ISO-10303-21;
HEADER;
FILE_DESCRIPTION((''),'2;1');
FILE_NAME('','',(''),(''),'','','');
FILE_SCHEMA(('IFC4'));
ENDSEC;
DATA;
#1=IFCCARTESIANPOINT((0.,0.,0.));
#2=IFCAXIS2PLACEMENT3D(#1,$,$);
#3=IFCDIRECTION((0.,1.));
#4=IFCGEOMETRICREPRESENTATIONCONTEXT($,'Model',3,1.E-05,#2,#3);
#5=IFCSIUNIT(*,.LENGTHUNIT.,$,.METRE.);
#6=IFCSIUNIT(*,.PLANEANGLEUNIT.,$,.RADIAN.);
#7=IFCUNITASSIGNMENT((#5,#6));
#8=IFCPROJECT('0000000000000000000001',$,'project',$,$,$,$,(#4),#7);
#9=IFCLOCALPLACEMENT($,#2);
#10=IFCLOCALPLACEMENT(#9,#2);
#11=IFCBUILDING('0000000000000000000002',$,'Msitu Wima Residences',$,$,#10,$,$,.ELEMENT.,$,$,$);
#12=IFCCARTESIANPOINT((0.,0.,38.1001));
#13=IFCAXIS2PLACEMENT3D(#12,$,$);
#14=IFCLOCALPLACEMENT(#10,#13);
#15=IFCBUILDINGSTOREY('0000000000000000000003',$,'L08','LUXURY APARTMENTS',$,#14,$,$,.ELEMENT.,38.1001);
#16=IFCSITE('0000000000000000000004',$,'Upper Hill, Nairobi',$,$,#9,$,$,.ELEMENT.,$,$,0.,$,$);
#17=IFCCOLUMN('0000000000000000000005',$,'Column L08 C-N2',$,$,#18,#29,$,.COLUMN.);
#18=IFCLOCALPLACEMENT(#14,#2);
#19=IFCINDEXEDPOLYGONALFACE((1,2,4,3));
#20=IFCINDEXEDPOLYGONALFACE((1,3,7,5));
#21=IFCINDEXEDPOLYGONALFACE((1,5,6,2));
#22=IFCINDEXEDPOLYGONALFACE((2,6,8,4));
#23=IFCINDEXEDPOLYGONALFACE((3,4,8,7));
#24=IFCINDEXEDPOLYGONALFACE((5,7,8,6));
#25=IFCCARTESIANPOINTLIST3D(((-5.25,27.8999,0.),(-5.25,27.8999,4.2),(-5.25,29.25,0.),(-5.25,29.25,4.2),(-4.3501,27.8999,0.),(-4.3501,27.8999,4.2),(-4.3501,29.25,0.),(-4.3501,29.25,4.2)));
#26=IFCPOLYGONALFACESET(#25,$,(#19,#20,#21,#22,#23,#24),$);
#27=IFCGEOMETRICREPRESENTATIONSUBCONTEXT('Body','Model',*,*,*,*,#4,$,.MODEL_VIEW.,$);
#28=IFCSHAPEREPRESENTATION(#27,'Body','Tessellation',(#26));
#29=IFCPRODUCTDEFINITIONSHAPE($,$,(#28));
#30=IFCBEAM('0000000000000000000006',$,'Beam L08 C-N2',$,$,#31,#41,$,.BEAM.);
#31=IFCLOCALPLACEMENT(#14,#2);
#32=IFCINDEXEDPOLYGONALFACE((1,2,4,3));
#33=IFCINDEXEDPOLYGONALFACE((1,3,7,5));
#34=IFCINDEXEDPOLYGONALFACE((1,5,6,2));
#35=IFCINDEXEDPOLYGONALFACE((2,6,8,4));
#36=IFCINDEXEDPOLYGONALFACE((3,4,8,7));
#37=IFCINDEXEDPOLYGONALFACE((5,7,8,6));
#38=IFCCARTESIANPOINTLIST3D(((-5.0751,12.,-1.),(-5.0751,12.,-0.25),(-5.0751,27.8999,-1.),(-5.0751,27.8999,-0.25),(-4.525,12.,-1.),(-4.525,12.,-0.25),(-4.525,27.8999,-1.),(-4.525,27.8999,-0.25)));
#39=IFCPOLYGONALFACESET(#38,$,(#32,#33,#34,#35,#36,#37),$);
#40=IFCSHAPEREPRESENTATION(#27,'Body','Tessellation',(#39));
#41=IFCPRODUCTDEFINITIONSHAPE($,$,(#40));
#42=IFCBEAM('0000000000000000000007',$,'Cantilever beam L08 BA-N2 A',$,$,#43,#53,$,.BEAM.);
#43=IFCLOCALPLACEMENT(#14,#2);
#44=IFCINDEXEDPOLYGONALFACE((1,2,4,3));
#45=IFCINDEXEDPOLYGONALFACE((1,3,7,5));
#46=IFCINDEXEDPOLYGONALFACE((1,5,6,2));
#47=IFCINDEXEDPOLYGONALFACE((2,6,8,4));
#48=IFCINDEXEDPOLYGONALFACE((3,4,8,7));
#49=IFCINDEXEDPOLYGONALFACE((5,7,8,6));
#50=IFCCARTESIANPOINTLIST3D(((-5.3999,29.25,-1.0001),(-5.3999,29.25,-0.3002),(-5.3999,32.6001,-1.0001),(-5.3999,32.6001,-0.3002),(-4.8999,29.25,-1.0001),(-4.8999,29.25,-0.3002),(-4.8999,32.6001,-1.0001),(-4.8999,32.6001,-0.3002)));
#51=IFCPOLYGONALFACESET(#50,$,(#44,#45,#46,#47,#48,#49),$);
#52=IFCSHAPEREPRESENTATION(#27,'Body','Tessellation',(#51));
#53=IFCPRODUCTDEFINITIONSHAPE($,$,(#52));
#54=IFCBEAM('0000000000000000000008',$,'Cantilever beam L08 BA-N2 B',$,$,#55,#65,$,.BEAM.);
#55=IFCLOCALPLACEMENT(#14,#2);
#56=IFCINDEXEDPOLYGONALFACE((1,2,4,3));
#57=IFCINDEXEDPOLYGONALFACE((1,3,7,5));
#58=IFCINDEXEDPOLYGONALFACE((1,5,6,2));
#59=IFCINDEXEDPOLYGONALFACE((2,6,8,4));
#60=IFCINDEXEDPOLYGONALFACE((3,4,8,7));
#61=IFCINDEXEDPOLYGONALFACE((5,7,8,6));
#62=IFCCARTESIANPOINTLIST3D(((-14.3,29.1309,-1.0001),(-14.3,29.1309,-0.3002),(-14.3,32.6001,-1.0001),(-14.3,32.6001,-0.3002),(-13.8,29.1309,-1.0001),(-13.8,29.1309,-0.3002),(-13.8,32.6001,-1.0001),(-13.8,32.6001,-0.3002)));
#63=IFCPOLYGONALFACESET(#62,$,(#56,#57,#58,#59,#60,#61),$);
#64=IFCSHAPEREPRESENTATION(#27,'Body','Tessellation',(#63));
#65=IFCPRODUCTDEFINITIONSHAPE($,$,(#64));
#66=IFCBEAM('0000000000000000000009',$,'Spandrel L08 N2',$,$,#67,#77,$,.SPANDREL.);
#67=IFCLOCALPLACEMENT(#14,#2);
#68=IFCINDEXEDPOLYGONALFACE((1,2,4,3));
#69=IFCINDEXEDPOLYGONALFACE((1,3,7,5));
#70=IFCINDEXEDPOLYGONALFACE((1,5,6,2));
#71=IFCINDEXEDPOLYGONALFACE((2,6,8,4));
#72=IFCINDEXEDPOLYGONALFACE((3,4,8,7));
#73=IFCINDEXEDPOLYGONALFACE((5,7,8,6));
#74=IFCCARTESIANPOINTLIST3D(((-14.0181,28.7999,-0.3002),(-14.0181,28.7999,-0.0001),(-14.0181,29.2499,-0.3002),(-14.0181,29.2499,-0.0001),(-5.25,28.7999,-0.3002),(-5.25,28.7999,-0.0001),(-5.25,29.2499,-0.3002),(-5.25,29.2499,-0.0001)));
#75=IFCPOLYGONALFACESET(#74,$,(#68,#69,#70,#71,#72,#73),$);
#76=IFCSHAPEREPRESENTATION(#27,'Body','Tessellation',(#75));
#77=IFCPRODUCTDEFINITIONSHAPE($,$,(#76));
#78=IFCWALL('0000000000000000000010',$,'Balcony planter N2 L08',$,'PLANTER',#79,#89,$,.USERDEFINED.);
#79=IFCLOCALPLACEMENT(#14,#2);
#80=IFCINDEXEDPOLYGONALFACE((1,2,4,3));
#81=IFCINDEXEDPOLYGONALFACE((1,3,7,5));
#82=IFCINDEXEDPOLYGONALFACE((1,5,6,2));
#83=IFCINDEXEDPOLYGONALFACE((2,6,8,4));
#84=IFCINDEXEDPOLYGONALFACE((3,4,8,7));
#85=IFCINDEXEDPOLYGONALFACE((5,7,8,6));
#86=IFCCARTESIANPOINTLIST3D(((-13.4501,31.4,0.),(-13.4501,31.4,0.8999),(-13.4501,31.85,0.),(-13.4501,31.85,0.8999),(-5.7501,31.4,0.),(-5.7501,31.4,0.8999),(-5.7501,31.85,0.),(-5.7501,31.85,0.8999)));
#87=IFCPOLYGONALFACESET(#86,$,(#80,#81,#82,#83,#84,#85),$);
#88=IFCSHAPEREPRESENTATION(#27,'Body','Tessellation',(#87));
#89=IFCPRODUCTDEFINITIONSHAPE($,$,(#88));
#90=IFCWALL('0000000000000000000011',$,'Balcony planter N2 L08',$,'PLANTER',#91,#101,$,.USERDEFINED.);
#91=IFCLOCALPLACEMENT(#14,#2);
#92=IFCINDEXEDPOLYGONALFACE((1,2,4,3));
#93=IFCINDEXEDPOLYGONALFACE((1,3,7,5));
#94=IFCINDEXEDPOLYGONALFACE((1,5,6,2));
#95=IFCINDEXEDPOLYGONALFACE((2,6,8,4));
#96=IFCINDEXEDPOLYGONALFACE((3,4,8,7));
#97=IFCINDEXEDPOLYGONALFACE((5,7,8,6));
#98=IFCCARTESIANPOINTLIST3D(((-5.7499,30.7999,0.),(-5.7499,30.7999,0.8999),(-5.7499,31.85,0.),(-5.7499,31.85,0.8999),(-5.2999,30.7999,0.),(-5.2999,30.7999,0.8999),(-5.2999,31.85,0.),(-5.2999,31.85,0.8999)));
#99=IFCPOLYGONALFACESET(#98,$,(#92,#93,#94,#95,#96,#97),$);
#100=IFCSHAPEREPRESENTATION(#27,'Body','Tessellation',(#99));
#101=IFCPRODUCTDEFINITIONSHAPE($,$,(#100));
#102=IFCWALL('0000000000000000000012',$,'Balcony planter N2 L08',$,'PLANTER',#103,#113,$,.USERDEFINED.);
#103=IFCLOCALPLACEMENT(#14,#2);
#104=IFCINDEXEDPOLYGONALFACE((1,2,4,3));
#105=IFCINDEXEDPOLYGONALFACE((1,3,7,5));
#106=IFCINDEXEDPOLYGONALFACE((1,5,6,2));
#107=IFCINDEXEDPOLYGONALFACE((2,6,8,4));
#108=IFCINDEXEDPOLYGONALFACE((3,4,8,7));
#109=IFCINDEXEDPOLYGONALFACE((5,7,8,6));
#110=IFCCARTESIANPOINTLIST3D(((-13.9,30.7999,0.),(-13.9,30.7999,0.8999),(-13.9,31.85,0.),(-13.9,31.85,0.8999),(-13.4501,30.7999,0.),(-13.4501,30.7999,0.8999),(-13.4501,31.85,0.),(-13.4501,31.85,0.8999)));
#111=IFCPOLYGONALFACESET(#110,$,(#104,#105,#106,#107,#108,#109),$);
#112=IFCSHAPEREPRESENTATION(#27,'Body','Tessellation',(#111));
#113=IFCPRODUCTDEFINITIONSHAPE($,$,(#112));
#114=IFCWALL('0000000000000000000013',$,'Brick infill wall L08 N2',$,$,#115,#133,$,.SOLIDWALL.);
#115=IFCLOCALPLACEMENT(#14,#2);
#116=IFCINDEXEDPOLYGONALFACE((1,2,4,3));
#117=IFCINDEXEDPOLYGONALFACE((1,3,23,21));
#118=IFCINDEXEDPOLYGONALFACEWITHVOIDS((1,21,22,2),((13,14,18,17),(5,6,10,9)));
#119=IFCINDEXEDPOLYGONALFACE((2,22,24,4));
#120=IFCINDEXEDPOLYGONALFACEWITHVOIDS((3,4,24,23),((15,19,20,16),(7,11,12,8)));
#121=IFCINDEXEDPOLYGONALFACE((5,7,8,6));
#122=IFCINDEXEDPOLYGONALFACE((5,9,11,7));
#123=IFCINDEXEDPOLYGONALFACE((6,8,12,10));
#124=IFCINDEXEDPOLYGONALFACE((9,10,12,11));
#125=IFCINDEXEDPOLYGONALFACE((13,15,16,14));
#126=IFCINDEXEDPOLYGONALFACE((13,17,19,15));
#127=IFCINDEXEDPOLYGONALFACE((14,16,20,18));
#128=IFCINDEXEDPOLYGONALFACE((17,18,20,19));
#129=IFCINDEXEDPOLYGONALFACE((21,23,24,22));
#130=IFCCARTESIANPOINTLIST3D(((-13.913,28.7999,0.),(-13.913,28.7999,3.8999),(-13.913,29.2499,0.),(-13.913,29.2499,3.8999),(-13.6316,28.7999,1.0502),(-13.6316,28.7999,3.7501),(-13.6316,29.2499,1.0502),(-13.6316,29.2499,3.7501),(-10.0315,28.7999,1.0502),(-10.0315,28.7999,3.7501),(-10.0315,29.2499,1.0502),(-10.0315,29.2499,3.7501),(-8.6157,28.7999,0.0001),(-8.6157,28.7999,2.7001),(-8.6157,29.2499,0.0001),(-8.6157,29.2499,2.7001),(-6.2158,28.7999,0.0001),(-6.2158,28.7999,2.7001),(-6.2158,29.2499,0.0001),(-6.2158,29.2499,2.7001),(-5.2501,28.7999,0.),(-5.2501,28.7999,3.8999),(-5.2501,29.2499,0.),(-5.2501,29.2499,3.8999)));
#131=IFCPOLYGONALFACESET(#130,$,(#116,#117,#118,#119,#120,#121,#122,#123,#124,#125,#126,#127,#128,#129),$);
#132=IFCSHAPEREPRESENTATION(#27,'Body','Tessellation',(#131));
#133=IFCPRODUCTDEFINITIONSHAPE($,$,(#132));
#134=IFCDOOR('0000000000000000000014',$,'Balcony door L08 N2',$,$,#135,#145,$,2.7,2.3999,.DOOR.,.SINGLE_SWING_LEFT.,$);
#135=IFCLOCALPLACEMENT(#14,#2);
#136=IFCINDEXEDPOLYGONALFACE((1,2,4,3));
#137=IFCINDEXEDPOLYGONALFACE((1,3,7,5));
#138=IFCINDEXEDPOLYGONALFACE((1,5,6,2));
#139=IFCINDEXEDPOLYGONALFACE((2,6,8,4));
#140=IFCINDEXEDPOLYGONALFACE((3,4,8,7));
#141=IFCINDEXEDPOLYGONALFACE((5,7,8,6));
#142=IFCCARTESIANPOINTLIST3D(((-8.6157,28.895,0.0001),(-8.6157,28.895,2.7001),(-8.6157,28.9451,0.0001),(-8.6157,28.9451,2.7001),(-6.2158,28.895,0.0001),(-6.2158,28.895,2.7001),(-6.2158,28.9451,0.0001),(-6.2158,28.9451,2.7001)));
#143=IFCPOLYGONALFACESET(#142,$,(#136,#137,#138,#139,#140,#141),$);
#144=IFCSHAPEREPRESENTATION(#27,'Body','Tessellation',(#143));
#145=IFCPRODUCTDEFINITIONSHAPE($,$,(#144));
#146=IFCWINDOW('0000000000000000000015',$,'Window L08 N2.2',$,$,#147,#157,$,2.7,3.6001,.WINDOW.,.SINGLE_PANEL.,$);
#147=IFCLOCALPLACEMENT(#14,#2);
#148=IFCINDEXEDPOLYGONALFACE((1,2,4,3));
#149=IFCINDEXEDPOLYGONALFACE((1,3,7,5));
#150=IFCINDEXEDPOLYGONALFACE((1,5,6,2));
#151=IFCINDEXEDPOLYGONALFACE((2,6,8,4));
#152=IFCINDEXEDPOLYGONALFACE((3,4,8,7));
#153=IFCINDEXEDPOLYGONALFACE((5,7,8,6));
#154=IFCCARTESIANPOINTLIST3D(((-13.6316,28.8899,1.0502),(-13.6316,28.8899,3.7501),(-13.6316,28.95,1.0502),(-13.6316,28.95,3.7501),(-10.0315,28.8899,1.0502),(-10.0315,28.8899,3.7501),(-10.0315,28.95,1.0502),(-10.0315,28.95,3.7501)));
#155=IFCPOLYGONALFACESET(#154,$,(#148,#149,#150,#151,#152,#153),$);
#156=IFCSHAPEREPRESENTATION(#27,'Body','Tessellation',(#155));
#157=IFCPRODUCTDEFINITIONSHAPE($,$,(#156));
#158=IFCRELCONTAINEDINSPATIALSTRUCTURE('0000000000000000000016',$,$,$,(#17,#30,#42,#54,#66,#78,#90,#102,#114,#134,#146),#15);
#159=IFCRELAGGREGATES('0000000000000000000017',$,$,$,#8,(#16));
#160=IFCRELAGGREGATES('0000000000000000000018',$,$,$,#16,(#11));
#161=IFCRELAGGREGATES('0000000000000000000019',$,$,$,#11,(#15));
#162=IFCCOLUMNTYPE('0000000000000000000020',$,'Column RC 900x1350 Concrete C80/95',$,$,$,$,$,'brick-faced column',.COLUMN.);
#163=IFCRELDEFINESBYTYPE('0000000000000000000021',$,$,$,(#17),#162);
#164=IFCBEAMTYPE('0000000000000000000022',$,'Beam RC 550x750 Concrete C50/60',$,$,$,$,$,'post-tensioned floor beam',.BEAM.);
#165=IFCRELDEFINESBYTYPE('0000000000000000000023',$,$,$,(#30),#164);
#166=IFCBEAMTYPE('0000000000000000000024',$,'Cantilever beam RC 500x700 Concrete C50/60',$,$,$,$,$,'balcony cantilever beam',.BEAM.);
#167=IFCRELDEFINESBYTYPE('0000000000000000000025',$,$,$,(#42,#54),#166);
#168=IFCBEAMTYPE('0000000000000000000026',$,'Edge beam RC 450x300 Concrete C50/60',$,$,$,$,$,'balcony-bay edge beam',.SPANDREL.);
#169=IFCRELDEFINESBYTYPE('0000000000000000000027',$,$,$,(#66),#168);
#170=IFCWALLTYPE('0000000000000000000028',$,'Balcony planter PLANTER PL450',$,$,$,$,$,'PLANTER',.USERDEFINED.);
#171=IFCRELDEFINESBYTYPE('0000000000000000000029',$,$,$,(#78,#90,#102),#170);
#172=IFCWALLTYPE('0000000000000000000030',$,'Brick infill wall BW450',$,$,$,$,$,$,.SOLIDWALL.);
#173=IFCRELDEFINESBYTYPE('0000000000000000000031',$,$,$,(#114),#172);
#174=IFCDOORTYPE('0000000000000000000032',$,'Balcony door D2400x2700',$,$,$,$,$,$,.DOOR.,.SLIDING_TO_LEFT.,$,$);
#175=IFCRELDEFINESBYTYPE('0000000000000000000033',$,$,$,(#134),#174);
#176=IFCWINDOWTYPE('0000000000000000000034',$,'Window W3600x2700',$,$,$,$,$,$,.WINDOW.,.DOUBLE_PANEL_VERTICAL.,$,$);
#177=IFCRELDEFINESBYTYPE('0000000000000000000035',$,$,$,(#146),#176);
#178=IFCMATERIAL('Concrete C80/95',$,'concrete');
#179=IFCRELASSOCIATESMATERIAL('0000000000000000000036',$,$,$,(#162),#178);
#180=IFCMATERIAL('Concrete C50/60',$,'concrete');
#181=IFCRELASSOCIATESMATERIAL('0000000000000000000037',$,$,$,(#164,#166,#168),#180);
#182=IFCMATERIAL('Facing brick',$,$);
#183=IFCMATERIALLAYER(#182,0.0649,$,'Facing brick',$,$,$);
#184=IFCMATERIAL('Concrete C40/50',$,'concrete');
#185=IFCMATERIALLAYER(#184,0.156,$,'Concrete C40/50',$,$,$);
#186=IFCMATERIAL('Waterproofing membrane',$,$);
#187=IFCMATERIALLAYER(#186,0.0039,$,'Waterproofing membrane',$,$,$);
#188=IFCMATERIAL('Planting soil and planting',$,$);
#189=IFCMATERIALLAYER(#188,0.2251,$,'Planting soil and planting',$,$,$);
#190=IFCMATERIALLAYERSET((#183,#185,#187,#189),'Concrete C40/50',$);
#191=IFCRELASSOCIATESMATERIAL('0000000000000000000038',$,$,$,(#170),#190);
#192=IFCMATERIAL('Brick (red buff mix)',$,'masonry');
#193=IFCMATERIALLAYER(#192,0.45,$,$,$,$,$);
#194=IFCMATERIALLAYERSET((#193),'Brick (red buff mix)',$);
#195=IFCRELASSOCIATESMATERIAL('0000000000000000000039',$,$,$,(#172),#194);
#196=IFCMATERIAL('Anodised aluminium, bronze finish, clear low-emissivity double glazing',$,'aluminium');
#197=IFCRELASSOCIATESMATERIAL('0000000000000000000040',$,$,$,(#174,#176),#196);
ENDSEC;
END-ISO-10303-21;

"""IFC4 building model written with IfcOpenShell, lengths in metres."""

from ifc_helpers import new_model, si_unit, direction, frame, frame_2d, origin, origin_2d, place, context, subcontext, project, spatial, rectangle, extrude, material, layer, layer_set, material_profile, profile_set, type_object, element, fill, save


model = new_model("IFC4")

# Units and contexts
model_context = context("Model", 3, precision=1e-05, world=origin(), true_north=direction((0.0, 1.0)))
body_context = subcontext(model_context, "Body", "Model", "MODEL_VIEW")
ifc_project = project(units=[si_unit("LENGTHUNIT", "METRE"), si_unit("PLANEANGLEUNIT", "RADIAN")], contexts=[model_context])

# Site, building, storey
site_placement = place(None, origin())
site = spatial("IfcSite", under=ifc_project, at=site_placement, Name="Upper Hill, Nairobi", CompositionType="ELEMENT", RefElevation=0.0)
building_placement = place(site_placement, origin())
building = spatial("IfcBuilding", under=site, at=building_placement, Name="Msitu Wima Residences", CompositionType="ELEMENT")
storey_placement = place(building_placement, frame((0.0, 0.0, 38.1001)))
storey = spatial("IfcBuildingStorey", under=building, at=storey_placement, Name="L08", Description="LUXURY APARTMENTS", CompositionType="ELEMENT", Elevation=38.1001)

# Column
ifc_material_1 = material(Name="Concrete C80/95", Category="concrete")
ifc_material_profile_1 = material_profile(ifc_material_1, rectangle(XDim=0.8999, YDim=1.3501, at=origin_2d()), Name="RC 900x1350")
ifc_profile_set_1 = profile_set([ifc_material_profile_1], Name="Concrete C80/95")
column_type = type_object("IfcColumnType", Name="Column RC 900x1350 Concrete C80/95", ElementType="brick-faced column", PredefinedType="COLUMN", material=ifc_profile_set_1)
column_placement = place(storey_placement, frame((-4.8, 28.575, 0.0), z_axis=(0.0, 0.0, 1.0), x_axis=(-1.0, 0.0, 0.0)))
element("IfcColumn", 1, at=column_placement, inside=storey, type_object=column_type, Name="Column L08 C-N2", PredefinedType="COLUMN", context=body_context, shape_type="SweptSolid", body=[
    extrude(rectangle(XDim=0.8999, YDim=1.3501, at=origin_2d()), origin(), (0.0, 0.0, 1.0), 4.2),
])

# Beams
ifc_material_2 = material(Name="Concrete C50/60", Category="concrete")
ifc_material_profile_2 = material_profile(ifc_material_2, rectangle(XDim=0.55, YDim=0.75, at=origin_2d()), Name="RC 550x750")
ifc_profile_set_2 = profile_set([ifc_material_profile_2], Name="Concrete C50/60")
beam_type_1 = type_object("IfcBeamType", Name="Beam RC 550x750 Concrete C50/60", ElementType="post-tensioned floor beam", PredefinedType="BEAM", material=ifc_profile_set_2)
beam_1_placement = place(storey_placement, frame((-4.8, 27.8999, -0.625), z_axis=(0.0, -1.0, 0.0), x_axis=(1.0, 0.0, 0.0)))
element("IfcBeam", 2, at=beam_1_placement, inside=storey, type_object=beam_type_1, Name="Beam L08 C-N2", PredefinedType="BEAM", context=body_context, shape_type="SweptSolid", body=[
    extrude(rectangle(XDim=0.55, YDim=0.75, at=origin_2d()), origin(), (0.0, 0.0, 1.0), 15.8999),
])
ifc_material_profile_3 = material_profile(ifc_material_2, rectangle(XDim=0.5, YDim=0.7, at=origin_2d()), Name="RC 500x700")
ifc_profile_set_3 = profile_set([ifc_material_profile_3], Name="Concrete C50/60")
beam_type_2 = type_object("IfcBeamType", Name="Cantilever beam RC 500x700 Concrete C50/60", ElementType="balcony cantilever beam", PredefinedType="BEAM", material=ifc_profile_set_3)
beam_2_placement = place(storey_placement, frame((-5.1499, 29.25, -0.6501), z_axis=(0.0, 1.0, 0.0), x_axis=(-1.0, 0.0, 0.0)))
element("IfcBeam", 3, at=beam_2_placement, inside=storey, type_object=beam_type_2, Name="Cantilever beam L08 BA-N2 A", PredefinedType="BEAM", context=body_context, shape_type="SweptSolid", body=[
    extrude(rectangle(XDim=0.5, YDim=0.7, at=origin_2d()), origin(), (0.0, 0.0, 1.0), 3.3501),
])
beam_3_placement = place(storey_placement, frame((-14.05, 29.1309, -0.6501), z_axis=(0.0, 1.0, 0.0), x_axis=(-1.0, 0.0, 0.0)))
element("IfcBeam", 4, at=beam_3_placement, inside=storey, type_object=beam_type_2, Name="Cantilever beam L08 BA-N2 B", PredefinedType="BEAM", context=body_context, shape_type="SweptSolid", body=[
    extrude(rectangle(XDim=0.5, YDim=0.7, at=origin_2d()), origin(), (0.0, 0.0, 1.0), 3.4692),
])
ifc_material_profile_4 = material_profile(ifc_material_2, rectangle(XDim=0.45, YDim=0.3, at=origin_2d()), Name="RC 450x300")
ifc_profile_set_4 = profile_set([ifc_material_profile_4], Name="Concrete C50/60")
beam_type_3 = type_object("IfcBeamType", Name="Edge beam RC 450x300 Concrete C50/60", ElementType="balcony-bay edge beam", PredefinedType="SPANDREL", material=ifc_profile_set_4)
beam_4_placement = place(storey_placement, frame((-5.25, 29.0249, -0.1501), z_axis=(-1.0, 0.0, 0.0), x_axis=(0.0, -1.0, 0.0)))
element("IfcBeam", 5, at=beam_4_placement, inside=storey, type_object=beam_type_3, Name="Spandrel L08 N2", PredefinedType="SPANDREL", context=body_context, shape_type="SweptSolid", body=[
    extrude(rectangle(XDim=0.45, YDim=0.3, at=origin_2d()), origin(), (0.0, 0.0, 1.0), 8.7681),
])

# Walls
ifc_material_3 = material(Name="Facing brick")
ifc_layer_1 = layer(ifc_material_3, 0.0649, Name="Facing brick")
ifc_material_4 = material(Name="Concrete C40/50", Category="concrete")
ifc_layer_2 = layer(ifc_material_4, 0.156, Name="Concrete C40/50")
ifc_material_5 = material(Name="Waterproofing membrane")
ifc_layer_3 = layer(ifc_material_5, 0.0039, Name="Waterproofing membrane")
ifc_material_6 = material(Name="Planting soil and planting")
ifc_layer_4 = layer(ifc_material_6, 0.2251, Name="Planting soil and planting")
ifc_layer_set_1 = layer_set([ifc_layer_1, ifc_layer_2, ifc_layer_3, ifc_layer_4], Name="Concrete C40/50")
wall_type_1 = type_object("IfcWallType", Name="Balcony planter PLANTER PL450", ElementType="PLANTER", PredefinedType="USERDEFINED", material=ifc_layer_set_1)
wall_1_placement = place(storey_placement, frame((-5.75, 31.625, 0.0), z_axis=(0.0, 0.0, 1.0), x_axis=(-1.0, 0.0, 0.0)))
element("IfcWall", 6, at=wall_1_placement, inside=storey, type_object=wall_type_1, Name="Balcony planter N2 L08", ObjectType="PLANTER", PredefinedType="USERDEFINED", context=body_context, shape_type="SweptSolid", body=[
    extrude(rectangle(XDim=7.7, YDim=0.45, at=frame_2d((3.8501, 0.0))), origin(), (0.0, 0.0, 1.0), 0.8999),
])
for number, where, z_axis, x_axis, name in (
    (7, (-5.5249, 30.8, 0.0), (0.0, 0.0, 1.0), (0.0, 1.0, 0.0), "Balcony planter N2 L08"),
    (8, (-13.675, 30.8, 0.0), (0.0, 0.0, 1.0), (0.0, 1.0, 0.0), "Balcony planter N2 L08"),
):
    element("IfcWall", number, at=place(storey_placement, frame(where, z_axis=z_axis, x_axis=x_axis)), inside=storey, type_object=wall_type_1, Name=name, ObjectType="PLANTER", PredefinedType="USERDEFINED", context=body_context, shape_type="SweptSolid", body=[
        extrude(rectangle(XDim=1.05, YDim=0.45, at=frame_2d((0.5249, 0.0))), origin(), (0.0, 0.0, 1.0), 0.8999),
    ])

# Wall, openings, door, window
ifc_material_7 = material(Name="Brick (red buff mix)", Category="masonry")
ifc_layer_5 = layer(ifc_material_7, 0.45)
ifc_layer_set_2 = layer_set([ifc_layer_5], Name="Brick (red buff mix)")
wall_type_2 = type_object("IfcWallType", Name="Brick infill wall BW450", PredefinedType="SOLIDWALL", material=ifc_layer_set_2)
wall_2_placement = place(storey_placement, frame((-5.25, 29.0249, 0.0), z_axis=(0.0, 0.0, 1.0), x_axis=(-1.0, 0.0, 0.0)))
wall_2 = element("IfcWall", 9, at=wall_2_placement, inside=storey, type_object=wall_type_2, Name="Brick infill wall L08 N2", PredefinedType="SOLIDWALL", context=body_context, shape_type="SweptSolid", body=[
    extrude(rectangle(XDim=8.6628, YDim=0.45, at=frame_2d((4.3315, 0.0))), origin(), (0.0, 0.0, 1.0), 3.8999),
])
opening_1_placement = place(wall_2_placement, frame((0.9658, 0.0, 0.0)))
opening_1 = element("IfcOpeningElement", 10, at=opening_1_placement, cuts=wall_2, PredefinedType="OPENING", context=body_context, shape_type="SweptSolid", body=[
    extrude(rectangle(XDim=2.3999, YDim=2.7, at=frame_2d((1.2, 1.3501))), frame((0.0, 0.2349, 0.0), z_axis=(0.0, -1.0, 0.0), x_axis=(1.0, 0.0, 0.0)), (0.0, 0.0, 1.0), 0.47),
])
opening_2_placement = place(wall_2_placement, frame((4.7815, 0.0, 1.05)))
opening_2 = element("IfcOpeningElement", 11, at=opening_2_placement, cuts=wall_2, PredefinedType="OPENING", context=body_context, shape_type="SweptSolid", body=[
    extrude(rectangle(XDim=3.6001, YDim=2.7, at=frame_2d((1.8, 1.3501))), frame((0.0, 0.2349, 0.0), z_axis=(0.0, -1.0, 0.0), x_axis=(1.0, 0.0, 0.0)), (0.0, 0.0, 1.0), 0.47),
])
ifc_material_8 = material(Name="Anodised aluminium, bronze finish, clear low-emissivity double glazing", Category="aluminium")
door_type_1 = type_object("IfcDoorType", Name="Balcony door D2400x2700", OperationType="SLIDING_TO_LEFT", PredefinedType="DOOR", material=ifc_material_8)
door_1_placement = place(opening_1_placement, origin())
door_1 = element("IfcDoor", 12, at=door_1_placement, inside=storey, type_object=door_type_1, Name="Balcony door L08 N2", OperationType="SINGLE_SWING_LEFT", OverallHeight=2.7, OverallWidth=2.3999, PredefinedType="DOOR", context=body_context, shape_type="SweptSolid", body=[
    extrude(rectangle(XDim=2.3999, YDim=2.7, at=frame_2d((1.2, 1.3501))), frame((0.0, 0.1299, 0.0), z_axis=(0.0, -1.0, 0.0), x_axis=(1.0, 0.0, 0.0)), (0.0, 0.0, 1.0), 0.05),
])
fill(opening_1, door_1)
window_type = type_object("IfcWindowType", Name="Window W3600x2700", PartitioningType="DOUBLE_PANEL_VERTICAL", PredefinedType="WINDOW", material=ifc_material_8)
window_placement = place(opening_2_placement, origin())
window = element("IfcWindow", 13, at=window_placement, inside=storey, type_object=window_type, Name="Window L08 N2.2", OverallHeight=2.7, OverallWidth=3.6001, PartitioningType="SINGLE_PANEL", PredefinedType="WINDOW", context=body_context, shape_type="SweptSolid", body=[
    extrude(rectangle(XDim=3.6001, YDim=2.7, at=frame_2d((1.8, 1.3501))), frame((0.0, 0.135, 0.0), z_axis=(0.0, -1.0, 0.0), x_axis=(1.0, 0.0, 0.0)), (0.0, 0.0, 1.0), 0.0601),
])
fill(opening_2, window)

save(model, "model.ifc")
